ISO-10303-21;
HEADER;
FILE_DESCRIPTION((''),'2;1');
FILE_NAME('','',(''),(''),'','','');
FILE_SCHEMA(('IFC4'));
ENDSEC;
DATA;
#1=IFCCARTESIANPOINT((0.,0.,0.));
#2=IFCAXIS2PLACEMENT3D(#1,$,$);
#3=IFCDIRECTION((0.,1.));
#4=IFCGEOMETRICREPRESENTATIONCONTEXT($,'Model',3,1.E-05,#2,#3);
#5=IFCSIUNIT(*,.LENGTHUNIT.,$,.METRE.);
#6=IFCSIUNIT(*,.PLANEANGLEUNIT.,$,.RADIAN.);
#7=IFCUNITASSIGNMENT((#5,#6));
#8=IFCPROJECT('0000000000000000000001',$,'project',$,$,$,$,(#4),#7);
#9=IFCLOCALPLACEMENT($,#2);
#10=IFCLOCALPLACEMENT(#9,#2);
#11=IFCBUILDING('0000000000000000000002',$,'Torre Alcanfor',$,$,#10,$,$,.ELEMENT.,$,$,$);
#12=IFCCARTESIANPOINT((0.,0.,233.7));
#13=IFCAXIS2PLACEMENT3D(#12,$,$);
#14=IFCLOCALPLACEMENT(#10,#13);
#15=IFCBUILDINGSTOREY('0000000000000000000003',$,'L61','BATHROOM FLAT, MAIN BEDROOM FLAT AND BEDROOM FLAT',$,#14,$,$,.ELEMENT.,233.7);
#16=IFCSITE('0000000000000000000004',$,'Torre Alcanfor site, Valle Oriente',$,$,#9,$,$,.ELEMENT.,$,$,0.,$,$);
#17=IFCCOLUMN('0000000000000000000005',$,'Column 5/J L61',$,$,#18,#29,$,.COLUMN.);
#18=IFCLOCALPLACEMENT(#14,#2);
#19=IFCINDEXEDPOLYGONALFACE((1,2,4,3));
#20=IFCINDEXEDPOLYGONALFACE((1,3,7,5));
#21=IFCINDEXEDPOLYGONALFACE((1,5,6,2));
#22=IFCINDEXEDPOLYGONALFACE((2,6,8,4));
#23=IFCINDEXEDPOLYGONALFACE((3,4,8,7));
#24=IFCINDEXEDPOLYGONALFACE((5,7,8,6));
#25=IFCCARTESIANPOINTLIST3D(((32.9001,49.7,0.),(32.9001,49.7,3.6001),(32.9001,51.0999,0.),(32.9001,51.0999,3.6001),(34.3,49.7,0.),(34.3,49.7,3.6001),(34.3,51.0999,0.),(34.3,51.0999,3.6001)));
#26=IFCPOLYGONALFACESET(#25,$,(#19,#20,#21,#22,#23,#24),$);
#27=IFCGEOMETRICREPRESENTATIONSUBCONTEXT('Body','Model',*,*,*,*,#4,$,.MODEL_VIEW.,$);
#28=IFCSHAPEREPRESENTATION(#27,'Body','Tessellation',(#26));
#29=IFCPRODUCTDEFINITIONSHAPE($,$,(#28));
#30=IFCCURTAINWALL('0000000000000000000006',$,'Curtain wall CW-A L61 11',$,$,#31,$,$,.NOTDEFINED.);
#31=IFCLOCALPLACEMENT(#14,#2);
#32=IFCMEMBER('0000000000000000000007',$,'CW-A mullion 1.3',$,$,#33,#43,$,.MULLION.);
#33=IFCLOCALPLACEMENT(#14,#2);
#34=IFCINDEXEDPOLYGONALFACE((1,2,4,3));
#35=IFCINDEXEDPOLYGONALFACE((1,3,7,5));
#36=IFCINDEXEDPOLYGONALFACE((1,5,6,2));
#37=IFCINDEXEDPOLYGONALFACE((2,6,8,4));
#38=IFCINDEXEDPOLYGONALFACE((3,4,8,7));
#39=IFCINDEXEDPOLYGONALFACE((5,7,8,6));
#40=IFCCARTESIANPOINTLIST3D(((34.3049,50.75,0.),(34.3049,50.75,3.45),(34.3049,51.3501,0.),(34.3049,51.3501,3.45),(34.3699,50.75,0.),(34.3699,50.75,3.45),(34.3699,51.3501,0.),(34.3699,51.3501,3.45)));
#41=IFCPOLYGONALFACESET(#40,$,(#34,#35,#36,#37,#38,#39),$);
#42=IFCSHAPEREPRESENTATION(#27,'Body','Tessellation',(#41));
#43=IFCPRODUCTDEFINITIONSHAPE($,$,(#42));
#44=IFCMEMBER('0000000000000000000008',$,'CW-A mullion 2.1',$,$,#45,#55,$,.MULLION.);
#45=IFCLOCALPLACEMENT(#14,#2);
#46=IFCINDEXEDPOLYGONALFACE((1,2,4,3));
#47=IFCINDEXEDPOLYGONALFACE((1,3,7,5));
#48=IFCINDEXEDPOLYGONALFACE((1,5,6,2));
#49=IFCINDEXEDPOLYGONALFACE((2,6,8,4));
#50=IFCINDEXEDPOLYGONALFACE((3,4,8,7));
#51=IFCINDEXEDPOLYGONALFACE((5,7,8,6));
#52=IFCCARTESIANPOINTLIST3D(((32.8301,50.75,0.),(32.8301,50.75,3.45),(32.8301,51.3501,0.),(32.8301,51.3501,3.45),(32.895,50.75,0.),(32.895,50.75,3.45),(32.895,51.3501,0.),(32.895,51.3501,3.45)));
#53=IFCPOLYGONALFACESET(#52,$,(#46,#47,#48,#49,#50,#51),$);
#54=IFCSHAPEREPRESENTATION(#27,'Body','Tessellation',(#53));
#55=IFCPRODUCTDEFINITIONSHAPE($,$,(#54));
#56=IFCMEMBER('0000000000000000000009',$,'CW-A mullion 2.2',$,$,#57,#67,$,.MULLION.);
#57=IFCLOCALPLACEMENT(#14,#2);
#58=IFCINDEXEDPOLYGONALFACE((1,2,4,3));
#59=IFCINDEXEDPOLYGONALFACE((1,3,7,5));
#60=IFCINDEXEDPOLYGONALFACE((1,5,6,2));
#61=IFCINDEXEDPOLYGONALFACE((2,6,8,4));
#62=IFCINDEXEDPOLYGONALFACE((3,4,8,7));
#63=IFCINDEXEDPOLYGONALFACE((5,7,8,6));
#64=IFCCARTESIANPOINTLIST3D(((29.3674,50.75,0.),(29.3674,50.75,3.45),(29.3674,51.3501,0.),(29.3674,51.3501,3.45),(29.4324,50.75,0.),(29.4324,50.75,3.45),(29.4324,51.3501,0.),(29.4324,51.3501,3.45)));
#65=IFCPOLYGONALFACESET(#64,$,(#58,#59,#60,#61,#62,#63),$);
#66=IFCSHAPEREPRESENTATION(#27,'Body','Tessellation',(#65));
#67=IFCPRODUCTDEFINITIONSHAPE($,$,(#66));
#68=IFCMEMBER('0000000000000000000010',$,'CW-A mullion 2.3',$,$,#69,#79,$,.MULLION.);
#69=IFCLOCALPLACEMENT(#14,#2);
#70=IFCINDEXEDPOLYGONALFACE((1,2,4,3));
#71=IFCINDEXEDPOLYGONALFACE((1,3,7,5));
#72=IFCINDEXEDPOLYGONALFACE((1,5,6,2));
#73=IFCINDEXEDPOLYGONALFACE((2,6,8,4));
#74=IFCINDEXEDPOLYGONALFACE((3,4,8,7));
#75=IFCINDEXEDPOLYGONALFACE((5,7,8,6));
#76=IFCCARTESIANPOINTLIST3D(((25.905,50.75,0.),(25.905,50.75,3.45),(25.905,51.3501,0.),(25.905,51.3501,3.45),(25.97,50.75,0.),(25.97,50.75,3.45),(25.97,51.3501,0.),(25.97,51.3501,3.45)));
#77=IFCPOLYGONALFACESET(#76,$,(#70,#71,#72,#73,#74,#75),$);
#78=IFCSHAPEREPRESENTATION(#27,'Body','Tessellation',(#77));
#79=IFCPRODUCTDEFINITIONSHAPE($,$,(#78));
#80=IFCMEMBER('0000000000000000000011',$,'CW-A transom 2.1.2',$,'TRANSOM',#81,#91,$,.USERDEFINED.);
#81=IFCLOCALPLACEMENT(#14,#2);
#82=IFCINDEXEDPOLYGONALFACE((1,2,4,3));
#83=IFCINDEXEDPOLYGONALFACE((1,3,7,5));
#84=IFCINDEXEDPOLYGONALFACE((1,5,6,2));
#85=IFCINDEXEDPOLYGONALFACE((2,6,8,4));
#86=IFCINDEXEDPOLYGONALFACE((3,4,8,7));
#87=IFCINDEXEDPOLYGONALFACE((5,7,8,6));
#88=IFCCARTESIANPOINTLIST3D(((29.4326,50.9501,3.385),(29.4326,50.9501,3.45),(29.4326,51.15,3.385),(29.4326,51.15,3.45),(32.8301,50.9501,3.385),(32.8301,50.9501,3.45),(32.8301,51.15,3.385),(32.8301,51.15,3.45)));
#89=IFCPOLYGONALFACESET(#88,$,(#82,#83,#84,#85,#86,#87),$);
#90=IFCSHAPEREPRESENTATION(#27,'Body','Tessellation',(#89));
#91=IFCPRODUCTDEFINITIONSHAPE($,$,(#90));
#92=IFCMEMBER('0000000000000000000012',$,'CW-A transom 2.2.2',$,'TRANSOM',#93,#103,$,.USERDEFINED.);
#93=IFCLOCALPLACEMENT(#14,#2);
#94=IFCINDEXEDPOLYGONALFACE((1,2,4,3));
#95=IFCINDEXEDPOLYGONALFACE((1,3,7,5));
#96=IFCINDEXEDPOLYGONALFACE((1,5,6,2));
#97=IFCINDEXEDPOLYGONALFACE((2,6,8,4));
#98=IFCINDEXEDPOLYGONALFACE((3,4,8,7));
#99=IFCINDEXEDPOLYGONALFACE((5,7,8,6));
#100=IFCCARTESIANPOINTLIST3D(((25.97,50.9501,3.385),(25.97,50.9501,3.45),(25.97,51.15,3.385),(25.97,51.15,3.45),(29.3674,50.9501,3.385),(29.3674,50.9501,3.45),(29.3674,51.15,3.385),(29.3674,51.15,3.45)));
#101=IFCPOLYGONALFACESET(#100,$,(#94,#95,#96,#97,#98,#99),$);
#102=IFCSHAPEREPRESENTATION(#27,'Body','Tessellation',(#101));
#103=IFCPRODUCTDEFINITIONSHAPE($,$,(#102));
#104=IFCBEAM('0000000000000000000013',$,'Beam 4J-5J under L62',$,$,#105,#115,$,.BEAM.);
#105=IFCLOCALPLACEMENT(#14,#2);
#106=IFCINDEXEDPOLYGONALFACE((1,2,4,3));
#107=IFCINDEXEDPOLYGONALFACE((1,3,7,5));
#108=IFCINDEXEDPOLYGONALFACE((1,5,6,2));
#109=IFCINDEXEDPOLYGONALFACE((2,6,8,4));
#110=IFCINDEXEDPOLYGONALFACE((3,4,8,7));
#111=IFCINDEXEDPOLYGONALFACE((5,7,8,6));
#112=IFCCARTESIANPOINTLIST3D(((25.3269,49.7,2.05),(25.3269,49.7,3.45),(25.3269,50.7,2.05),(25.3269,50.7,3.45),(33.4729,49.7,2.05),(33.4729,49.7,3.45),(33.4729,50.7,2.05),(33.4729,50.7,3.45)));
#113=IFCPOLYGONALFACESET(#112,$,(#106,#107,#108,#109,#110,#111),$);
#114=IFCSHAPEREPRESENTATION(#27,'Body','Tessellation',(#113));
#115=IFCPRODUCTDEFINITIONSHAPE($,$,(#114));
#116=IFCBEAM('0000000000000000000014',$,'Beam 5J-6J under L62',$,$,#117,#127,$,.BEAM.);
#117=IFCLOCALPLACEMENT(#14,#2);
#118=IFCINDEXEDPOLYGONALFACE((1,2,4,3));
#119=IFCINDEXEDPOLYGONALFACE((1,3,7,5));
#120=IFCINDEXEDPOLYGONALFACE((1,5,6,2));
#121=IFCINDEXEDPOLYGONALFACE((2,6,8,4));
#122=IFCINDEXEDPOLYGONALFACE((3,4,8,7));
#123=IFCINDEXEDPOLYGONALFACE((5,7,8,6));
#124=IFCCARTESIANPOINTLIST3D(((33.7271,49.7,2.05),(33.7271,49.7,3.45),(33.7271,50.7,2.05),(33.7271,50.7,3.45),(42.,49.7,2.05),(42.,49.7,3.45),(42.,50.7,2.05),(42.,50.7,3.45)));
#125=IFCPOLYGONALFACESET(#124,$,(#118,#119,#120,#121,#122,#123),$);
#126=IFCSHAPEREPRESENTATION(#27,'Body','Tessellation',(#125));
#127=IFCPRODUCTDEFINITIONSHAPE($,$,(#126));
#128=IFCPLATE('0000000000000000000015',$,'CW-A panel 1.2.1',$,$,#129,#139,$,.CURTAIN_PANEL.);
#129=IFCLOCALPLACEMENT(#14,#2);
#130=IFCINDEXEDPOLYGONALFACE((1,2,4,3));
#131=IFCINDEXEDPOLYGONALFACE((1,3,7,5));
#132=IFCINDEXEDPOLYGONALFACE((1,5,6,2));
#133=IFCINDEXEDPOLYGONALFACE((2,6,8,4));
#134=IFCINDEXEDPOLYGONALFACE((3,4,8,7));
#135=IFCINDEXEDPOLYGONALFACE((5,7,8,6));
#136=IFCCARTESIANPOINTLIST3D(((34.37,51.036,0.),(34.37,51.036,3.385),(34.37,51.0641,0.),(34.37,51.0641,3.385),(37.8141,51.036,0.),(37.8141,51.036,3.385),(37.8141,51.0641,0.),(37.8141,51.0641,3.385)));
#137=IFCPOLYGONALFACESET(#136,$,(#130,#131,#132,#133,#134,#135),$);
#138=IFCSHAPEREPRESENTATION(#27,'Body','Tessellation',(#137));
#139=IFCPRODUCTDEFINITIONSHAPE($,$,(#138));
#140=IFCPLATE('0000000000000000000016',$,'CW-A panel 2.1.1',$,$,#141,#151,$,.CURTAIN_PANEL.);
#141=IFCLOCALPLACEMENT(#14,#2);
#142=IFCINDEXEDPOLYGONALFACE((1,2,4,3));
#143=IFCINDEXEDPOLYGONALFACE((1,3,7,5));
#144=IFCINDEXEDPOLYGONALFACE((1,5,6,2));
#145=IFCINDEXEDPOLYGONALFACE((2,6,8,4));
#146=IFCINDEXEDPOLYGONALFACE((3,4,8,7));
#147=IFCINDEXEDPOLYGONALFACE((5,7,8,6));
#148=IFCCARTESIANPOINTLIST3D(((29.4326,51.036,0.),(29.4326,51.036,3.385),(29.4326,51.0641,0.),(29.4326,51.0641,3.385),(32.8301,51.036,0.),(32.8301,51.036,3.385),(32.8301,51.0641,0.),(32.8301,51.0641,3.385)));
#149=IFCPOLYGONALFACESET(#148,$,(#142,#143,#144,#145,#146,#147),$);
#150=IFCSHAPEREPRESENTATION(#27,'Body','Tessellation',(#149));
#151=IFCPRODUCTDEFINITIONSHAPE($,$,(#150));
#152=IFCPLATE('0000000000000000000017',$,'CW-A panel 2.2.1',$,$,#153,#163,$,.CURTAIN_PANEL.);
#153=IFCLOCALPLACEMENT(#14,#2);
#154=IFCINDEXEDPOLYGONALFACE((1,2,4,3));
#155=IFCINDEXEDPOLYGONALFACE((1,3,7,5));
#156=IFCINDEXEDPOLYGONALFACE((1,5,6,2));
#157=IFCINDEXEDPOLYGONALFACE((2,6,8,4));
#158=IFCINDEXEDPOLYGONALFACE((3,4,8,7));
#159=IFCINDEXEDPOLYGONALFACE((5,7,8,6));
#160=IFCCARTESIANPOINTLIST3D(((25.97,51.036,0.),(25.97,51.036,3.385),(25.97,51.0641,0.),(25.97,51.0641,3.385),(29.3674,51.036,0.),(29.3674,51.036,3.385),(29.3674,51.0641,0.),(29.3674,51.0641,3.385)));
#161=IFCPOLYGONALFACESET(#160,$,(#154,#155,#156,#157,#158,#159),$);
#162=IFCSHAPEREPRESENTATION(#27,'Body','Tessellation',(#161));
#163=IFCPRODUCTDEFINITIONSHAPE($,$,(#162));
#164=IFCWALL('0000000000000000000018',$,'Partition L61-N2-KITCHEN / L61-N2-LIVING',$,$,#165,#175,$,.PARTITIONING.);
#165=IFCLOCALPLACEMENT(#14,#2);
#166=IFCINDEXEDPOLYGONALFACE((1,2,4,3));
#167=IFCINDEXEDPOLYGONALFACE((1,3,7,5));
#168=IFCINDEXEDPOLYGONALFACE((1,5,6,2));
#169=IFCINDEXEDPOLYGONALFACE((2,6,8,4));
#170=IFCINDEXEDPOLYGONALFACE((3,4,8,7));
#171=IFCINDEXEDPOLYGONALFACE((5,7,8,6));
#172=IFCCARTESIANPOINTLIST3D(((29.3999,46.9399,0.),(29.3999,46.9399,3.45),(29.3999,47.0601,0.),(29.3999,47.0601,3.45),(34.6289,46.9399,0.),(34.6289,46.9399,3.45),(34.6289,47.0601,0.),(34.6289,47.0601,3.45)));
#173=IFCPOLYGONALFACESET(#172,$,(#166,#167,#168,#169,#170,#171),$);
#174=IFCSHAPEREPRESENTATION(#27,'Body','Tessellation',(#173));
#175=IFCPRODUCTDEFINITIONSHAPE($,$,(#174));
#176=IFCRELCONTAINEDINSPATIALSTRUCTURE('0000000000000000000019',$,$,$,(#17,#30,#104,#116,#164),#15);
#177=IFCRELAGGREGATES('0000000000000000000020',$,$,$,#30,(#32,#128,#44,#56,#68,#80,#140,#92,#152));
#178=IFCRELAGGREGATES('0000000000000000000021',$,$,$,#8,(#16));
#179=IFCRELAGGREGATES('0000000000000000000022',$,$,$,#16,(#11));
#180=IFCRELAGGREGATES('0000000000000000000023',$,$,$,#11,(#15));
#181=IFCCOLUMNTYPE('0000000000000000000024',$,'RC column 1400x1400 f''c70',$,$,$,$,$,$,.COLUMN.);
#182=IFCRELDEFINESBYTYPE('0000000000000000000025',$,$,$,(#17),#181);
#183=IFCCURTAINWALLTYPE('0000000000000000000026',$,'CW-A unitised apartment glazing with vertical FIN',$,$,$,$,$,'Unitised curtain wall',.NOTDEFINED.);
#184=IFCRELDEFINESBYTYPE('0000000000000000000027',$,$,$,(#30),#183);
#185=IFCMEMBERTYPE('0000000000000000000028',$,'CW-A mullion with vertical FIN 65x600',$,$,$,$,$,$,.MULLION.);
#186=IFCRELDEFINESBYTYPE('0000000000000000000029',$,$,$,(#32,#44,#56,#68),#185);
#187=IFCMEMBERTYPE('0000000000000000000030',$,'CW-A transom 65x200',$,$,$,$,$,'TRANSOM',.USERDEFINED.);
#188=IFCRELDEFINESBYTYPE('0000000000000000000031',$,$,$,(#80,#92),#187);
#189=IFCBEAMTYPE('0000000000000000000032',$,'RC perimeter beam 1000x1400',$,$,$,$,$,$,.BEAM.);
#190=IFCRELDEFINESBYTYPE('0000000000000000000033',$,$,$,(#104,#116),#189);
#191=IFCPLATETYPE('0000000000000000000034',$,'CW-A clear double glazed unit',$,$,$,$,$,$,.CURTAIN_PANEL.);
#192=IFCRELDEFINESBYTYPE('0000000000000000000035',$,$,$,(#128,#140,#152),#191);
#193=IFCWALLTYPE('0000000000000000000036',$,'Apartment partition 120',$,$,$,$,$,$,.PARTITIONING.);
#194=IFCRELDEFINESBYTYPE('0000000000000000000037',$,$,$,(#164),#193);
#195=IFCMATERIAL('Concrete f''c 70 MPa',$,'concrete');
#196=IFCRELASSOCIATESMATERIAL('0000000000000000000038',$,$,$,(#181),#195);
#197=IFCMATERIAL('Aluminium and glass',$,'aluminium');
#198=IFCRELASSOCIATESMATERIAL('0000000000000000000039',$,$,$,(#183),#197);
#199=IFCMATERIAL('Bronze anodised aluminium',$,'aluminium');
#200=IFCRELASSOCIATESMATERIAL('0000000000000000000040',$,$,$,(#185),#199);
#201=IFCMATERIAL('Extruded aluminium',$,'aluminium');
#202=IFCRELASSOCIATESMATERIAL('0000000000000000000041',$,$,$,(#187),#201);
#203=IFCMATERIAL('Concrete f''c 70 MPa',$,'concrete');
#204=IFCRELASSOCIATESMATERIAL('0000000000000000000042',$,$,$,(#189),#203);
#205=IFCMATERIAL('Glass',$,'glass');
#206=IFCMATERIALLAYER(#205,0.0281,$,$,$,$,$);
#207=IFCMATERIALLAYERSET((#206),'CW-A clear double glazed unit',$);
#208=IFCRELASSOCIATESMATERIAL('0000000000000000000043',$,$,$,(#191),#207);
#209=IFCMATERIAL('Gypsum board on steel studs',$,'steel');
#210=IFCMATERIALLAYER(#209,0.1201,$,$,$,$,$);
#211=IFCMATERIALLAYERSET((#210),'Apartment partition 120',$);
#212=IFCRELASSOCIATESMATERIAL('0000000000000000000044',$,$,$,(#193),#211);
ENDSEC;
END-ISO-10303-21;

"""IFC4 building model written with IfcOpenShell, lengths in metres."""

from ifc_helpers import new_model, si_unit, direction, frame, frame_2d, origin, origin_2d, place, context, subcontext, project, spatial, rectangle, extrude, material, layer, layer_set, material_profile, profile_set, type_object, element, aggregate, save


model = new_model("IFC4")

# Units and contexts
model_context = context("Model", 3, precision=1e-05, world=origin(), true_north=direction((0.0, 1.0)))
body_context = subcontext(model_context, "Body", "Model", "MODEL_VIEW")
ifc_project = project(units=[si_unit("LENGTHUNIT", "METRE"), si_unit("PLANEANGLEUNIT", "RADIAN")], contexts=[model_context])

# Site, building, storey
site_placement = place(None, origin())
site = spatial("IfcSite", under=ifc_project, at=site_placement, Name="Torre Alcanfor site, Valle Oriente", CompositionType="ELEMENT", RefElevation=0.0)
building_placement = place(site_placement, origin())
building = spatial("IfcBuilding", under=site, at=building_placement, Name="Torre Alcanfor", CompositionType="ELEMENT")
storey_placement = place(building_placement, frame((0.0, 0.0, 233.7)))
storey = spatial("IfcBuildingStorey", under=building, at=storey_placement, Name="L61", Description="BATHROOM FLAT, MAIN BEDROOM FLAT AND BEDROOM FLAT", CompositionType="ELEMENT", Elevation=233.7)

# Column
ifc_material_1 = material(Name="Concrete f'c 70 MPa", Category="concrete")
ifc_material_profile_1 = material_profile(ifc_material_1, rectangle(XDim=1.3999, YDim=1.3999, at=origin_2d()), Name="1400x1400")
ifc_profile_set_1 = profile_set([ifc_material_profile_1], Name="Concrete f'c 70 MPa")
column_type = type_object("IfcColumnType", Name="RC column 1400x1400 f'c70", PredefinedType="COLUMN", material=ifc_profile_set_1)
column_placement = place(storey_placement, frame((33.6001, 50.3999, 0.0), z_axis=(0.0, 0.0, 1.0), x_axis=(1.0, 0.0, 0.0)))
element("IfcColumn", 1, at=column_placement, inside=storey, type_object=column_type, Name="Column 5/J L61", PredefinedType="COLUMN", context=body_context, shape_type="SweptSolid", body=[
    extrude(rectangle(XDim=1.3999, YDim=1.3999, at=origin_2d()), origin(), (0.0, 0.0, 1.0), 3.6001),
])

# Curtain wall, members
ifc_material_2 = material(Name="Aluminium and glass", Category="aluminium")
curtain_wall_type = type_object("IfcCurtainWallType", Name="CW-A unitised apartment glazing with vertical FIN", ElementType="Unitised curtain wall", PredefinedType="NOTDEFINED", material=ifc_material_2)
curtain_wall_placement = place(storey_placement, origin())
curtain_wall = element("IfcCurtainWall", 2, at=curtain_wall_placement, inside=storey, type_object=curtain_wall_type, Name="Curtain wall CW-A L61 11", PredefinedType="NOTDEFINED")
ifc_material_3 = material(Name="Bronze anodised aluminium", Category="aluminium")
ifc_material_profile_2 = material_profile(ifc_material_3, rectangle(XDim=0.6001, YDim=0.0649, at=origin_2d()), Name="CW-A mullion 65x600")
ifc_profile_set_2 = profile_set([ifc_material_profile_2], Name="Bronze anodised aluminium")
member_type_1 = type_object("IfcMemberType", Name="CW-A mullion with vertical FIN 65x600", PredefinedType="MULLION", material=ifc_profile_set_2)
member_1_placement = place(storey_placement, frame((34.3374, 51.05, 0.0), z_axis=(0.0, 0.0, 1.0), x_axis=(0.0, -1.0, 0.0)))
member_1 = element("IfcMember", 3, at=member_1_placement, type_object=member_type_1, Name="CW-A mullion 1.3", PredefinedType="MULLION", context=body_context, shape_type="SweptSolid", body=[
    extrude(rectangle(XDim=0.6001, YDim=0.0649, at=origin_2d()), origin(), (0.0, 0.0, 1.0), 3.45),
])
member_2_placement = place(storey_placement, frame((32.8625, 51.05, 0.0), z_axis=(0.0, 0.0, 1.0), x_axis=(0.0, -1.0, 0.0)))
member_2 = element("IfcMember", 4, at=member_2_placement, type_object=member_type_1, Name="CW-A mullion 2.1", PredefinedType="MULLION", context=body_context, shape_type="SweptSolid", body=[
    extrude(rectangle(XDim=0.6001, YDim=0.0649, at=origin_2d()), origin(), (0.0, 0.0, 1.0), 3.45),
])
member_3_placement = place(storey_placement, frame((29.3999, 51.05, 0.0), z_axis=(0.0, 0.0, 1.0), x_axis=(0.0, -1.0, 0.0)))
member_3 = element("IfcMember", 5, at=member_3_placement, type_object=member_type_1, Name="CW-A mullion 2.2", PredefinedType="MULLION", context=body_context, shape_type="SweptSolid", body=[
    extrude(rectangle(XDim=0.6001, YDim=0.0649, at=origin_2d()), origin(), (0.0, 0.0, 1.0), 3.45),
])
member_4_placement = place(storey_placement, frame((25.9375, 51.05, 0.0), z_axis=(0.0, 0.0, 1.0), x_axis=(0.0, -1.0, 0.0)))
member_4 = element("IfcMember", 6, at=member_4_placement, type_object=member_type_1, Name="CW-A mullion 2.3", PredefinedType="MULLION", context=body_context, shape_type="SweptSolid", body=[
    extrude(rectangle(XDim=0.6001, YDim=0.0649, at=origin_2d()), origin(), (0.0, 0.0, 1.0), 3.45),
])
ifc_material_4 = material(Name="Extruded aluminium", Category="aluminium")
ifc_material_profile_3 = material_profile(ifc_material_4, rectangle(XDim=0.2, YDim=0.0649, at=origin_2d()), Name="CW-A transom 200x65")
ifc_profile_set_3 = profile_set([ifc_material_profile_3], Name="Extruded aluminium")
member_type_2 = type_object("IfcMemberType", Name="CW-A transom 65x200", ElementType="TRANSOM", PredefinedType="USERDEFINED", material=ifc_profile_set_3)
member_5_placement = place(storey_placement, frame((32.8301, 51.05, 3.4175), z_axis=(-1.0, 0.0, 0.0), x_axis=(0.0, -1.0, 0.0)))
member_5 = element("IfcMember", 7, at=member_5_placement, type_object=member_type_2, Name="CW-A transom 2.1.2", ObjectType="TRANSOM", PredefinedType="USERDEFINED", context=body_context, shape_type="SweptSolid", body=[
    extrude(rectangle(XDim=0.2, YDim=0.0649, at=origin_2d()), origin(), (0.0, 0.0, 1.0), 3.3975),
])
member_6_placement = place(storey_placement, frame((29.3674, 51.05, 3.4175), z_axis=(-1.0, 0.0, 0.0), x_axis=(0.0, -1.0, 0.0)))
member_6 = element("IfcMember", 8, at=member_6_placement, type_object=member_type_2, Name="CW-A transom 2.2.2", ObjectType="TRANSOM", PredefinedType="USERDEFINED", context=body_context, shape_type="SweptSolid", body=[
    extrude(rectangle(XDim=0.2, YDim=0.0649, at=origin_2d()), origin(), (0.0, 0.0, 1.0), 3.3975),
])

# Beams
ifc_material_5 = material(Name="Concrete f'c 70 MPa", Category="concrete")
ifc_material_profile_4 = material_profile(ifc_material_5, rectangle(XDim=1.0, YDim=1.3999, at=origin_2d()), Name="1000x1400")
ifc_profile_set_4 = profile_set([ifc_material_profile_4], Name="Concrete f'c 70 MPa")
beam_type = type_object("IfcBeamType", Name="RC perimeter beam 1000x1400", PredefinedType="BEAM", material=ifc_profile_set_4)
beam_1_placement = place(storey_placement, frame((25.3269, 50.2, 2.75), z_axis=(1.0, 0.0, 0.0), x_axis=(0.0, 1.0, 0.0)))
element("IfcBeam", 9, at=beam_1_placement, inside=storey, type_object=beam_type, Name="Beam 4J-5J under L62", PredefinedType="BEAM", context=body_context, shape_type="SweptSolid", body=[
    extrude(rectangle(XDim=1.0, YDim=1.3999, at=origin_2d()), origin(), (0.0, 0.0, 1.0), 8.146),
])
beam_2_placement = place(storey_placement, frame((33.7271, 50.2, 2.75), z_axis=(1.0, 0.0, 0.0), x_axis=(0.0, 1.0, 0.0)))
element("IfcBeam", 10, at=beam_2_placement, inside=storey, type_object=beam_type, Name="Beam 5J-6J under L62", PredefinedType="BEAM", context=body_context, shape_type="SweptSolid", body=[
    extrude(rectangle(XDim=1.0, YDim=1.3999, at=origin_2d()), origin(), (0.0, 0.0, 1.0), 8.2729),
])

# Plates
ifc_material_6 = material(Name="Glass", Category="glass")
ifc_layer_1 = layer(ifc_material_6, 0.0281)
ifc_layer_set_1 = layer_set([ifc_layer_1], Name="CW-A clear double glazed unit")
plate_type = type_object("IfcPlateType", Name="CW-A clear double glazed unit", PredefinedType="CURTAIN_PANEL", material=ifc_layer_set_1)
plate_1_placement = place(storey_placement, frame((36.092, 51.05, 0.0), z_axis=(0.0, 0.0, 1.0), x_axis=(-1.0, 0.0, 0.0)))
plate_1 = element("IfcPlate", 11, at=plate_1_placement, type_object=plate_type, Name="CW-A panel 1.2.1", PredefinedType="CURTAIN_PANEL", context=body_context, shape_type="SweptSolid", body=[
    extrude(rectangle(XDim=3.4441, YDim=0.0281, at=origin_2d()), origin(), (0.0, 0.0, 1.0), 3.385),
])
plate_2_placement = place(storey_placement, frame((31.1313, 51.05, 0.0), z_axis=(0.0, 0.0, 1.0), x_axis=(-1.0, 0.0, 0.0)))
plate_2 = element("IfcPlate", 12, at=plate_2_placement, type_object=plate_type, Name="CW-A panel 2.1.1", PredefinedType="CURTAIN_PANEL", context=body_context, shape_type="SweptSolid", body=[
    extrude(rectangle(XDim=3.3975, YDim=0.0281, at=origin_2d()), origin(), (0.0, 0.0, 1.0), 3.385),
])
plate_3_placement = place(storey_placement, frame((27.6687, 51.05, 0.0), z_axis=(0.0, 0.0, 1.0), x_axis=(-1.0, 0.0, 0.0)))
plate_3 = element("IfcPlate", 13, at=plate_3_placement, type_object=plate_type, Name="CW-A panel 2.2.1", PredefinedType="CURTAIN_PANEL", context=body_context, shape_type="SweptSolid", body=[
    extrude(rectangle(XDim=3.3975, YDim=0.0281, at=origin_2d()), origin(), (0.0, 0.0, 1.0), 3.385),
])
aggregate(curtain_wall, [member_1, plate_1, member_2, member_3, member_4, member_5, plate_2, member_6, plate_3])

# Wall
ifc_material_7 = material(Name="Gypsum board on steel studs", Category="steel")
ifc_layer_2 = layer(ifc_material_7, 0.1201)
ifc_layer_set_2 = layer_set([ifc_layer_2], Name="Apartment partition 120")
wall_type_1 = type_object("IfcWallType", Name="Apartment partition 120", PredefinedType="PARTITIONING", material=ifc_layer_set_2)
wall_1_placement = place(storey_placement, frame((29.3999, 47.0, 0.0), z_axis=(0.0, 0.0, 1.0), x_axis=(1.0, 0.0, 0.0)))
element("IfcWall", 14, at=wall_1_placement, inside=storey, type_object=wall_type_1, Name="Partition L61-N2-KITCHEN / L61-N2-LIVING", PredefinedType="PARTITIONING", context=body_context, shape_type="SweptSolid", body=[
    extrude(rectangle(XDim=5.229, YDim=0.1201, at=frame_2d((2.6145, 0.0))), origin(), (0.0, 0.0, 1.0), 3.45),
])

save(model, "model.ifc")
